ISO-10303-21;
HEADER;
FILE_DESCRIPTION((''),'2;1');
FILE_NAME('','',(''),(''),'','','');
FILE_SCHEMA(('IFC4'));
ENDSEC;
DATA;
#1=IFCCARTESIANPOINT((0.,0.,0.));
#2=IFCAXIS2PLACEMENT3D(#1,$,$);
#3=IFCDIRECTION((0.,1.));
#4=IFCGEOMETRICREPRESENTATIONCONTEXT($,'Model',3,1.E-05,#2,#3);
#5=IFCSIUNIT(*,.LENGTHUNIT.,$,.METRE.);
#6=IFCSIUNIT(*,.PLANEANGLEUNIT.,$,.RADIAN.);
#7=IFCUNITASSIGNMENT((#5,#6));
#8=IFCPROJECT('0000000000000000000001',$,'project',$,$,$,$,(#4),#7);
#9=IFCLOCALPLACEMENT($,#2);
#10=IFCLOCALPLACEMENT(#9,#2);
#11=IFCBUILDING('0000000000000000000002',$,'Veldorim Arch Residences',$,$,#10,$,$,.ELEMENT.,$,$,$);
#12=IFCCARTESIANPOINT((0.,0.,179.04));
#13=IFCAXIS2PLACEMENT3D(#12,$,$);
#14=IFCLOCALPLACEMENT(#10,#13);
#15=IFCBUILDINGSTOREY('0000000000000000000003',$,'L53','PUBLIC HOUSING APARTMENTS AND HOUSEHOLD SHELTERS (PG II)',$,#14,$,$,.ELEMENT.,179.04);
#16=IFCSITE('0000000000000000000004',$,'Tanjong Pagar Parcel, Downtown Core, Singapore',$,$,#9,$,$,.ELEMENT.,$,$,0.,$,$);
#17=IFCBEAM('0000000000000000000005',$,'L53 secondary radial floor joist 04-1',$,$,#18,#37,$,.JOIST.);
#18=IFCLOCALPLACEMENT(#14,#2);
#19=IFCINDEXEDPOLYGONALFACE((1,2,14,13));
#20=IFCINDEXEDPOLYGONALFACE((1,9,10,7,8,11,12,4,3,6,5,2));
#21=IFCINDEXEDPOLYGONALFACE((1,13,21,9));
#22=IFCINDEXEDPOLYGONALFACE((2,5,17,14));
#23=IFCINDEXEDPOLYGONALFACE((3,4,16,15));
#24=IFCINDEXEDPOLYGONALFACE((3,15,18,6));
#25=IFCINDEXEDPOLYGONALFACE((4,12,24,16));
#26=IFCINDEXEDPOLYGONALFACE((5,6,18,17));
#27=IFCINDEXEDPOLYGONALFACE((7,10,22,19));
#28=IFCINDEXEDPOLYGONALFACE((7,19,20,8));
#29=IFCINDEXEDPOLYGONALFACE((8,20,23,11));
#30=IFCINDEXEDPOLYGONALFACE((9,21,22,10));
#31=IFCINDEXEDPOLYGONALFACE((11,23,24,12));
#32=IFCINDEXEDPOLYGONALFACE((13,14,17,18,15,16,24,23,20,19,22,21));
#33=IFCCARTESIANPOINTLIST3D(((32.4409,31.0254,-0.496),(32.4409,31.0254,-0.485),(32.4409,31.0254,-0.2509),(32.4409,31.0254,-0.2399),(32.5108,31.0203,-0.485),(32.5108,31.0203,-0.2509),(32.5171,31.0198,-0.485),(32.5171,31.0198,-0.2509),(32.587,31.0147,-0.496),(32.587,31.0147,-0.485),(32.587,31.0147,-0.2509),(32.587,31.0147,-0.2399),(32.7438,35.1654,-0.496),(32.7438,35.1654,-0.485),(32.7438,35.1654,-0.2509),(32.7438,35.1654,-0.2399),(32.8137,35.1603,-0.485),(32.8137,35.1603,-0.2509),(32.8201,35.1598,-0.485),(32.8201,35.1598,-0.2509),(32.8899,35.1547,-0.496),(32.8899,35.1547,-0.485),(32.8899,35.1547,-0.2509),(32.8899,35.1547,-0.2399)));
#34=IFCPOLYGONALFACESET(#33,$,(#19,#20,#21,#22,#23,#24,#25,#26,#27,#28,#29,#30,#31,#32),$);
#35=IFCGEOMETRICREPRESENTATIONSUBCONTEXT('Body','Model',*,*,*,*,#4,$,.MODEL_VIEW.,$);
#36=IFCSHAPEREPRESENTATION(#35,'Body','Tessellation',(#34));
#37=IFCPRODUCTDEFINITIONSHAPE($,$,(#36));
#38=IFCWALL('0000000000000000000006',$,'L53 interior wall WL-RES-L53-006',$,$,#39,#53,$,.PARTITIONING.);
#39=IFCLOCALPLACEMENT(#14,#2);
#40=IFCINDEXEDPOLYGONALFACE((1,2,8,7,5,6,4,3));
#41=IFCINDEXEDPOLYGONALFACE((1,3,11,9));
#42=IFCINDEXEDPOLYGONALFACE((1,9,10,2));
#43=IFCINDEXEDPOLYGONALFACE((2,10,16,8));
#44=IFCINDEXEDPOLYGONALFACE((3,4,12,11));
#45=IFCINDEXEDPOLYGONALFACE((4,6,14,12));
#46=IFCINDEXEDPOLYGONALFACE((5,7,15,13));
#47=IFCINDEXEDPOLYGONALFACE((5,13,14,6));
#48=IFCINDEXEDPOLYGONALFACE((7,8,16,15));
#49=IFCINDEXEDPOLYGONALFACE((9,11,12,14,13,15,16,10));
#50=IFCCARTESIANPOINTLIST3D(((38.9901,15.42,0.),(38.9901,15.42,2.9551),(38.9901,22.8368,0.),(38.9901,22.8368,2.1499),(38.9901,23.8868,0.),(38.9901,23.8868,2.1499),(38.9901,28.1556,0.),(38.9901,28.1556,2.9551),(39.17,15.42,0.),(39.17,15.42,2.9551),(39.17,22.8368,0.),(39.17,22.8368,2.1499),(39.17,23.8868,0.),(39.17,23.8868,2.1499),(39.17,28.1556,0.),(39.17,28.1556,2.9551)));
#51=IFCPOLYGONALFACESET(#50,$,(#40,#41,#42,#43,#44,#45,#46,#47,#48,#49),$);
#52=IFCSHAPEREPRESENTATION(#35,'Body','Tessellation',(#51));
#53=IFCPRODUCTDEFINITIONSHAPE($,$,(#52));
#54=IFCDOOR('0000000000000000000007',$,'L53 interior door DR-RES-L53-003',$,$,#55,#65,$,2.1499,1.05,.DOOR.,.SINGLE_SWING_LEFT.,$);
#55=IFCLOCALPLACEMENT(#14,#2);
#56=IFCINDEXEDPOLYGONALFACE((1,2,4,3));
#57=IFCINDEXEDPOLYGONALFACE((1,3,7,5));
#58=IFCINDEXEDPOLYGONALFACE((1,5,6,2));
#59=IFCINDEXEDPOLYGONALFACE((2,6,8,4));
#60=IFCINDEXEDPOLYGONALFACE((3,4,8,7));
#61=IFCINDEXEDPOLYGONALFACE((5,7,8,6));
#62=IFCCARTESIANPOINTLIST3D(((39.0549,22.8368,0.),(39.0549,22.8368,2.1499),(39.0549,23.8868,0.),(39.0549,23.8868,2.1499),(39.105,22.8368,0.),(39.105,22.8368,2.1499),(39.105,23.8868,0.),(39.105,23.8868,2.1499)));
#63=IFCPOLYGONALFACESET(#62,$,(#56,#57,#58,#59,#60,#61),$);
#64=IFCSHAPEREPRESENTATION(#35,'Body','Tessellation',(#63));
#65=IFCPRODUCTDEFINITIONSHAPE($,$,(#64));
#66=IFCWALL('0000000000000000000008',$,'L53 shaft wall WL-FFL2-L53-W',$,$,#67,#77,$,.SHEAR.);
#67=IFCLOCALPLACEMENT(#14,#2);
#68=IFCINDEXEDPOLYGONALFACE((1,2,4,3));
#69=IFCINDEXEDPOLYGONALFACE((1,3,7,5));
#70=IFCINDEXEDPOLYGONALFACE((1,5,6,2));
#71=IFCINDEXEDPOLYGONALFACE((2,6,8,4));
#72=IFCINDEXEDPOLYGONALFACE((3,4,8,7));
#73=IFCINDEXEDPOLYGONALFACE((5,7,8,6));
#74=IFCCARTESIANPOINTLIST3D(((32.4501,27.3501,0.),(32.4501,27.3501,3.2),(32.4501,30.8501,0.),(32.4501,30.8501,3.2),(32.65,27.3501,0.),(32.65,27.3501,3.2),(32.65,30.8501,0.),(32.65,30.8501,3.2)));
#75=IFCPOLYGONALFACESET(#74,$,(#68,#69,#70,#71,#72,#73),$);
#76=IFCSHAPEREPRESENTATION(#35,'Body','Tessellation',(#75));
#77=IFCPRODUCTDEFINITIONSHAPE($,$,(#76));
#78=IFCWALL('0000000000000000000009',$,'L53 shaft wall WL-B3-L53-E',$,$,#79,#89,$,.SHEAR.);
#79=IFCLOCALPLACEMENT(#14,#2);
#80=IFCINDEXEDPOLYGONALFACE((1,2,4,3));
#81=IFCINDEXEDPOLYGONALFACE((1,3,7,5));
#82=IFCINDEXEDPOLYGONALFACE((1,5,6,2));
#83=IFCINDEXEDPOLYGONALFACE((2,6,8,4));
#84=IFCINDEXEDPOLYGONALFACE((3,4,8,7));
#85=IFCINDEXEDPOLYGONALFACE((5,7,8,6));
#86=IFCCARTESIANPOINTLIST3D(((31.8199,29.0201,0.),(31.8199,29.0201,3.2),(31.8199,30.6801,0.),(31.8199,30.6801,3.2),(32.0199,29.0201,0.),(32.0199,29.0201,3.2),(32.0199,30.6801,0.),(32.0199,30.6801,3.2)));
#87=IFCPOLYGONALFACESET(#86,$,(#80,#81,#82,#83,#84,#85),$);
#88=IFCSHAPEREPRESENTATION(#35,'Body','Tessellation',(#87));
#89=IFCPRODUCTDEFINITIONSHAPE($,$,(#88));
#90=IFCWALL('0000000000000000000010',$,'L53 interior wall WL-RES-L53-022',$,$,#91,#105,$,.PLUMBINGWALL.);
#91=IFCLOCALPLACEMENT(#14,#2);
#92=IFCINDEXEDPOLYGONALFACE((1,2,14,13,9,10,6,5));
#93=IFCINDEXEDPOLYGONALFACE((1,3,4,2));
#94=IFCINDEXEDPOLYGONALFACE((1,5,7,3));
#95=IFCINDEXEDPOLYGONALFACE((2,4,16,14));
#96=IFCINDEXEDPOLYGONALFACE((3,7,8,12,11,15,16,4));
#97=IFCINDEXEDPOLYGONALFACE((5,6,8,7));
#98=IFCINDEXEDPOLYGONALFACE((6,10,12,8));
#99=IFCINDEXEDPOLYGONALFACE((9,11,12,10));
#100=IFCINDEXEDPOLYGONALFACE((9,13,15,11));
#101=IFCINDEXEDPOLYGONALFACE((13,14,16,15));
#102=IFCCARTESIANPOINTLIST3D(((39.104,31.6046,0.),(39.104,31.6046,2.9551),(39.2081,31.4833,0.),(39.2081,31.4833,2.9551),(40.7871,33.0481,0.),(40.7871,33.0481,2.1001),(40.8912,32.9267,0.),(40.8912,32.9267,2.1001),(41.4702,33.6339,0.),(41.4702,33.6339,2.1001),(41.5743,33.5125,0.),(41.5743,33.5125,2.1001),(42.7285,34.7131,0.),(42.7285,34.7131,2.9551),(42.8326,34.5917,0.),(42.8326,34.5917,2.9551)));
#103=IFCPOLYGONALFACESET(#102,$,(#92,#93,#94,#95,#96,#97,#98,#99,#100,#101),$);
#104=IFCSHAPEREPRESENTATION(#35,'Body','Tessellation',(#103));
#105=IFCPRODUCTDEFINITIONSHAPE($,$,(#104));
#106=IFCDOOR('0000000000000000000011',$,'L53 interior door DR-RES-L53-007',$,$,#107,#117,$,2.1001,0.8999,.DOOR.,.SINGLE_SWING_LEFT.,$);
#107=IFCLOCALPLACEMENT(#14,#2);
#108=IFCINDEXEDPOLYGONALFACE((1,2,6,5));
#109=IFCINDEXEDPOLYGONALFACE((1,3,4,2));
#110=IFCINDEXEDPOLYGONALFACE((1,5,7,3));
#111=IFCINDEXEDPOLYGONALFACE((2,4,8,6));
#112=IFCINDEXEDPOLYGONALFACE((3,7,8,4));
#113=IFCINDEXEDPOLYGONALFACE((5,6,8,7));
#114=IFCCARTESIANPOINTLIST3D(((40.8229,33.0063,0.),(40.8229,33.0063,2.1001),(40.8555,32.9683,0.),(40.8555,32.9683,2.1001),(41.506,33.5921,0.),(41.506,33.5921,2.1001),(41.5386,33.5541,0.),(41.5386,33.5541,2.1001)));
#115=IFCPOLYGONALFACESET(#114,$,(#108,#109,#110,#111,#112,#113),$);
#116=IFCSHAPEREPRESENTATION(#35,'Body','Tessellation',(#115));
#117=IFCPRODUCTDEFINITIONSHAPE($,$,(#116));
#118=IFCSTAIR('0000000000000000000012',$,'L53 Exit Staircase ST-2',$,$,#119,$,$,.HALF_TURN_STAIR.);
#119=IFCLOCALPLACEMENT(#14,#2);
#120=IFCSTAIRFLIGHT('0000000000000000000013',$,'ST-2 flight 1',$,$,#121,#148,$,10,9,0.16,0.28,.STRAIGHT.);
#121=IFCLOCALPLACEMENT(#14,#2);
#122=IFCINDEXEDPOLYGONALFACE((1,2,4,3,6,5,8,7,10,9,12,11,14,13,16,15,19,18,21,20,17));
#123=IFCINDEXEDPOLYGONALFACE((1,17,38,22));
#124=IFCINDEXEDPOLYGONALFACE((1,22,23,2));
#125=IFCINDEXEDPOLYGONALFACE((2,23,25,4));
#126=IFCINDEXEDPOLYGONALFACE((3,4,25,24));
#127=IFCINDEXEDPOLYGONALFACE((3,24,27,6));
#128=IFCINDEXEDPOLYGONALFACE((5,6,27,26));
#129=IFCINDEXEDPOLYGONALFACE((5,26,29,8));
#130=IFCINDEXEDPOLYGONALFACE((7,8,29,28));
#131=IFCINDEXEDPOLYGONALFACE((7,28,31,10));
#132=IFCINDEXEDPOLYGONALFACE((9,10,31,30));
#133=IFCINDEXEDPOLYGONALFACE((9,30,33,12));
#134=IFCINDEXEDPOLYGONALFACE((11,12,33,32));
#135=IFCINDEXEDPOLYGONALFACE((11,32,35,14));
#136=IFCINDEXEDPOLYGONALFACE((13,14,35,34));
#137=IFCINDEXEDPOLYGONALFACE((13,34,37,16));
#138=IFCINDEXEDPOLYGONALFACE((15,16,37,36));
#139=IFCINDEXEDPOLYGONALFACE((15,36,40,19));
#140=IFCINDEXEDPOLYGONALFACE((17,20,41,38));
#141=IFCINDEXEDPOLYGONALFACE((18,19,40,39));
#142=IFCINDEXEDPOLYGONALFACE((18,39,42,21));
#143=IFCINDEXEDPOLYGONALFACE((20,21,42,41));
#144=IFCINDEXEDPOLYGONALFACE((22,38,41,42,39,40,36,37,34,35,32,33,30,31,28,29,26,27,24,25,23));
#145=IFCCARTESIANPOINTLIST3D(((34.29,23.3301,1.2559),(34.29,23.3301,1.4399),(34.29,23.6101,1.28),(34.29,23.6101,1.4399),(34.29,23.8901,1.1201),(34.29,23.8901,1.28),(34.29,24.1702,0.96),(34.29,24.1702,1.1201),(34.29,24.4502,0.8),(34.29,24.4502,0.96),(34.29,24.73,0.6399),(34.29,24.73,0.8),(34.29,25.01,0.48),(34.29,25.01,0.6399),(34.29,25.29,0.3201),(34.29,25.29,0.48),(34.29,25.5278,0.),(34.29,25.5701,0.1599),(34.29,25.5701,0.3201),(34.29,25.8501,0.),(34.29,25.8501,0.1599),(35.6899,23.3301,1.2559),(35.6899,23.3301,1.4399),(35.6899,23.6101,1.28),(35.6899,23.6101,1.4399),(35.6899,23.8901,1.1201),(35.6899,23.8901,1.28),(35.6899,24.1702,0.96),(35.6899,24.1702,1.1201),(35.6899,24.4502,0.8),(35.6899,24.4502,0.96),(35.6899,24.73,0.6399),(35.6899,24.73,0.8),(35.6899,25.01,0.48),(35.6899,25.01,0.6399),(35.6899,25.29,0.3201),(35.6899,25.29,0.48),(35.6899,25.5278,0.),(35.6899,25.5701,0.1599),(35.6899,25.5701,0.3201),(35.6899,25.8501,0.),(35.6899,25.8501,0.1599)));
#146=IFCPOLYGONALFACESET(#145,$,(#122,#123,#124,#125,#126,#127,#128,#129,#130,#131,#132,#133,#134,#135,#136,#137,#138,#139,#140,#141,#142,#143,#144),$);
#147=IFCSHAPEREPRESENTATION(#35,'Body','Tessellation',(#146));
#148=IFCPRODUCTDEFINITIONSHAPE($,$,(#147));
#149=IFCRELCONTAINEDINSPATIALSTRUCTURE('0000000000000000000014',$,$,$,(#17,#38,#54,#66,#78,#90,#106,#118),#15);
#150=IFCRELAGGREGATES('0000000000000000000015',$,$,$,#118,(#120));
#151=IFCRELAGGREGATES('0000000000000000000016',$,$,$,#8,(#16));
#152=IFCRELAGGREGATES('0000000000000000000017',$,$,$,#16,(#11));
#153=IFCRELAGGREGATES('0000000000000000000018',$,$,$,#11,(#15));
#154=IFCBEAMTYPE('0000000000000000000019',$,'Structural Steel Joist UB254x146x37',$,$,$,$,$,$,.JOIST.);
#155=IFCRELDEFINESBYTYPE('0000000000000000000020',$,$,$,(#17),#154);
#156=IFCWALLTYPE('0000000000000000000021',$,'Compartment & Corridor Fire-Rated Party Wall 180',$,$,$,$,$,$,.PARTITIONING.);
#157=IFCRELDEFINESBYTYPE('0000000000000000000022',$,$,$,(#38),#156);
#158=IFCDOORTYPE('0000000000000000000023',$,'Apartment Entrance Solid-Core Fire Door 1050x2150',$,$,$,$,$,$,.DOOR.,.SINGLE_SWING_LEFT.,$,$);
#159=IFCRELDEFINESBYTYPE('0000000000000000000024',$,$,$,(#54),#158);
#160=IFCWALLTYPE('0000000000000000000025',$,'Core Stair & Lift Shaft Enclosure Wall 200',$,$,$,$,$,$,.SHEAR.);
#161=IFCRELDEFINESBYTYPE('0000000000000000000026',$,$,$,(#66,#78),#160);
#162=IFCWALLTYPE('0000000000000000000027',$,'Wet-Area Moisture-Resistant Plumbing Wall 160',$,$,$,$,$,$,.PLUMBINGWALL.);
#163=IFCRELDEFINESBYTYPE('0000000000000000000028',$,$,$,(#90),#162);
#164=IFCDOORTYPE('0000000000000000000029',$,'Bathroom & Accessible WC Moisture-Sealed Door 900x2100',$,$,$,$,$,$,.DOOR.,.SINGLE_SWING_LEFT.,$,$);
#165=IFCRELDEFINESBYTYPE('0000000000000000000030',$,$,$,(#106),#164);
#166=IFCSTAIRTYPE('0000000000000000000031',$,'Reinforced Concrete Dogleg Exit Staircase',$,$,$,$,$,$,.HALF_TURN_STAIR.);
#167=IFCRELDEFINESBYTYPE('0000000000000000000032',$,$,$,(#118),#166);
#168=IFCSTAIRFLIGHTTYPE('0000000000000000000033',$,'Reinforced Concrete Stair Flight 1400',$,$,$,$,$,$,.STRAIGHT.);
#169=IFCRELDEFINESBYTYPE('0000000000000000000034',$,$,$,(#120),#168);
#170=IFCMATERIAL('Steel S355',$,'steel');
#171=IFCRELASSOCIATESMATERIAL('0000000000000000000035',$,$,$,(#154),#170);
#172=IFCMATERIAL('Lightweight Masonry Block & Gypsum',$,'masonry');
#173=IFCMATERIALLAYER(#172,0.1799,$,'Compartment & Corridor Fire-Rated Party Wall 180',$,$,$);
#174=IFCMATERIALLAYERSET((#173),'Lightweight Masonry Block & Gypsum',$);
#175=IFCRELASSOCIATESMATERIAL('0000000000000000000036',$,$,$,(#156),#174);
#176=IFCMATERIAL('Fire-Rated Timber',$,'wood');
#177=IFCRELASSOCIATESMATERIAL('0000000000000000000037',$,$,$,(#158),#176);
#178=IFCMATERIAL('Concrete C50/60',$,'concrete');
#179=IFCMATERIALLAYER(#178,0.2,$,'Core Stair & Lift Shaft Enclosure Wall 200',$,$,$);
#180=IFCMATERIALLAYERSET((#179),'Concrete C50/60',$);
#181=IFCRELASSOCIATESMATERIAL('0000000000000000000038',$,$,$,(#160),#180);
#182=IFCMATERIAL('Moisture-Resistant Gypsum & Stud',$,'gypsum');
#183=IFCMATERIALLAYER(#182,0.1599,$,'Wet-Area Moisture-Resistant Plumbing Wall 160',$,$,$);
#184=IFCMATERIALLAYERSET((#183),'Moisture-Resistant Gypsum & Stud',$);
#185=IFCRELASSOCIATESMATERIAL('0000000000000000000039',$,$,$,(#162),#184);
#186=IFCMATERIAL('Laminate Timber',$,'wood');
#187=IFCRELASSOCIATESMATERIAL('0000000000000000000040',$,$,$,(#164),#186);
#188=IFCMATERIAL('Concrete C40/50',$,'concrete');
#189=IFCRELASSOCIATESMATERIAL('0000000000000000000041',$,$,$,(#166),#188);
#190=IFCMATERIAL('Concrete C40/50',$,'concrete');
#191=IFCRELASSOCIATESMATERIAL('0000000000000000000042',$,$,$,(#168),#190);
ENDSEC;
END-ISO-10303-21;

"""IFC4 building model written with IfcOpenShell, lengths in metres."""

from ifc_helpers import new_model, si_unit, direction, frame, frame_2d, origin, origin_2d, place, context, subcontext, project, spatial, polyline, rectangle, i_section, outline, extrude, material, layer, layer_set, material_profile, profile_set, type_object, element, fill, aggregate, save


model = new_model("IFC4")

# Units and contexts
model_context = context("Model", 3, precision=1e-05, world=origin(), true_north=direction((0.0, 1.0)))
body_context = subcontext(model_context, "Body", "Model", "MODEL_VIEW")
ifc_project = project(units=[si_unit("LENGTHUNIT", "METRE"), si_unit("PLANEANGLEUNIT", "RADIAN")], contexts=[model_context])

# Site, building, storey
site_placement = place(None, origin())
site = spatial("IfcSite", under=ifc_project, at=site_placement, Name="Tanjong Pagar Parcel, Downtown Core, Singapore", CompositionType="ELEMENT", RefElevation=0.0)
building_placement = place(site_placement, origin())
building = spatial("IfcBuilding", under=site, at=building_placement, Name="Veldorim Arch Residences", CompositionType="ELEMENT")
storey_placement = place(building_placement, frame((0.0, 0.0, 179.04)))
storey = spatial("IfcBuildingStorey", under=building, at=storey_placement, Name="L53", Description="PUBLIC HOUSING APARTMENTS AND HOUSEHOLD SHELTERS (PG II)", CompositionType="ELEMENT", Elevation=179.04)

# Beam
ifc_material_1 = material(Name="Steel S355", Category="steel")
ifc_material_profile_1 = material_profile(ifc_material_1, i_section(OverallWidth=0.1465, OverallDepth=0.2561, WebThickness=0.0063, FlangeThickness=0.011, at=origin_2d()), Name="UB254x146x37")
ifc_profile_set_1 = profile_set([ifc_material_profile_1], Name="Steel S355")
beam_type_1 = type_object("IfcBeamType", Name="Structural Steel Joist UB254x146x37", PredefinedType="JOIST", material=ifc_profile_set_1)
beam_1_placement = place(storey_placement, frame((32.5139, 31.02, -0.3679), z_axis=(0.072986, 0.997333, 0.0), x_axis=(-0.997333, 0.072986, 0.0)))
element("IfcBeam", 1, at=beam_1_placement, inside=storey, type_object=beam_type_1, Name="L53 secondary radial floor joist 04-1", PredefinedType="JOIST", context=body_context, shape_type="SweptSolid", body=[
    extrude(i_section(OverallWidth=0.1465, OverallDepth=0.2561, WebThickness=0.0063, FlangeThickness=0.011, at=origin_2d()), origin(), (0.0, 0.0, 1.0), 4.1511),
])

# Wall, opening, door
ifc_material_2 = material(Name="Lightweight Masonry Block & Gypsum", Category="masonry")
ifc_layer_1 = layer(ifc_material_2, 0.1799, Name="Compartment & Corridor Fire-Rated Party Wall 180")
ifc_layer_set_1 = layer_set([ifc_layer_1], Name="Lightweight Masonry Block & Gypsum")
wall_type_1 = type_object("IfcWallType", Name="Compartment & Corridor Fire-Rated Party Wall 180", PredefinedType="PARTITIONING", material=ifc_layer_set_1)
wall_1_placement = place(storey_placement, frame((39.0801, 28.1555, 0.0), z_axis=(0.0, 0.0, 1.0), x_axis=(0.0, -1.0, 0.0)))
wall_1 = element("IfcWall", 2, at=wall_1_placement, inside=storey, type_object=wall_type_1, Name="L53 interior wall WL-RES-L53-006", PredefinedType="PARTITIONING", context=body_context, shape_type="SweptSolid", body=[
    extrude(rectangle(XDim=12.7356, YDim=0.1799, at=frame_2d((6.3677, 0.0))), origin(), (0.0, 0.0, 1.0), 2.9551),
])
opening_1_placement = place(wall_1_placement, frame((4.2688, 0.0, 0.0)))
opening_1 = element("IfcOpeningElement", 3, at=opening_1_placement, cuts=wall_1, PredefinedType="OPENING", context=body_context, shape_type="SweptSolid", body=[
    extrude(rectangle(XDim=1.05, YDim=2.1499, at=frame_2d((0.5249, 1.075))), frame((0.0, 0.0999, 0.0), z_axis=(0.0, -1.0, 0.0), x_axis=(1.0, 0.0, 0.0)), (0.0, 0.0, 1.0), 0.2),
])
ifc_material_3 = material(Name="Fire-Rated Timber", Category="wood")
door_type_1 = type_object("IfcDoorType", Name="Apartment Entrance Solid-Core Fire Door 1050x2150", OperationType="SINGLE_SWING_LEFT", PredefinedType="DOOR", material=ifc_material_3)
door_1_placement = place(opening_1_placement, origin())
door_1 = element("IfcDoor", 4, at=door_1_placement, inside=storey, type_object=door_type_1, Name="L53 interior door DR-RES-L53-003", OperationType="SINGLE_SWING_LEFT", OverallHeight=2.1499, OverallWidth=1.05, PredefinedType="DOOR", context=body_context, shape_type="SweptSolid", body=[
    extrude(rectangle(XDim=1.05, YDim=2.1499, at=frame_2d((0.5249, 1.075))), frame((0.0, 0.0249, 0.0), z_axis=(0.0, -1.0, 0.0), x_axis=(1.0, 0.0, 0.0)), (0.0, 0.0, 1.0), 0.05),
])
fill(opening_1, door_1)
ifc_material_4 = material(Name="Concrete C50/60", Category="concrete")
ifc_layer_2 = layer(ifc_material_4, 0.2, Name="Core Stair & Lift Shaft Enclosure Wall 200")
ifc_layer_set_2 = layer_set([ifc_layer_2], Name="Concrete C50/60")
wall_type_2 = type_object("IfcWallType", Name="Core Stair & Lift Shaft Enclosure Wall 200", PredefinedType="SHEAR", material=ifc_layer_set_2)

# Wall
wall_2_placement = place(storey_placement, frame((32.55, 27.3501, 0.0), z_axis=(0.0, 0.0, 1.0), x_axis=(0.0, 1.0, 0.0)))
element("IfcWall", 5, at=wall_2_placement, inside=storey, type_object=wall_type_2, Name="L53 shaft wall WL-FFL2-L53-W", PredefinedType="SHEAR", context=body_context, shape_type="SweptSolid", body=[
    extrude(rectangle(XDim=3.5, YDim=0.2, at=frame_2d((1.75, 0.0))), origin(), (0.0, 0.0, 1.0), 3.2),
])

# Wall
wall_3_placement = place(storey_placement, frame((31.9199, 29.02, 0.0), z_axis=(0.0, 0.0, 1.0), x_axis=(0.0, 1.0, 0.0)))
element("IfcWall", 6, at=wall_3_placement, inside=storey, type_object=wall_type_2, Name="L53 shaft wall WL-B3-L53-E", PredefinedType="SHEAR", context=body_context, shape_type="SweptSolid", body=[
    extrude(rectangle(XDim=1.6599, YDim=0.2, at=frame_2d((0.8301, 0.0))), origin(), (0.0, 0.0, 1.0), 3.2),
])

# Wall, opening, door
ifc_material_5 = material(Name="Moisture-Resistant Gypsum & Stud", Category="gypsum")
ifc_layer_3 = layer(ifc_material_5, 0.1599, Name="Wet-Area Moisture-Resistant Plumbing Wall 160")
ifc_layer_set_3 = layer_set([ifc_layer_3], Name="Moisture-Resistant Gypsum & Stud")
wall_type_3 = type_object("IfcWallType", Name="Wet-Area Moisture-Resistant Plumbing Wall 160", PredefinedType="PLUMBINGWALL", material=ifc_layer_set_3)
wall_4_placement = place(storey_placement, frame((39.156, 31.5439, 0.0), z_axis=(0.0, 0.0, 1.0), x_axis=(0.759083, 0.650993, 0.0)))
wall_4 = element("IfcWall", 7, at=wall_4_placement, inside=storey, type_object=wall_type_3, Name="L53 interior wall WL-RES-L53-022", PredefinedType="PLUMBINGWALL", context=body_context, shape_type="SweptSolid", body=[
    extrude(rectangle(XDim=4.7749, YDim=0.1599, at=frame_2d((2.3875, 0.0))), origin(), (0.0, 0.0, 1.0), 2.9551),
])
opening_2_placement = place(wall_4_placement, frame((2.2173, 0.0, 0.0)))
opening_2 = element("IfcOpeningElement", 8, at=opening_2_placement, cuts=wall_4, PredefinedType="OPENING", context=body_context, shape_type="SweptSolid", body=[
    extrude(rectangle(XDim=0.8999, YDim=2.1001, at=frame_2d((0.45, 1.05))), frame((0.0, 0.0898, 0.0), z_axis=(0.0, -1.0, 0.0), x_axis=(1.0, 0.0, 0.0)), (0.0, 0.0, 1.0), 0.1799),
])
ifc_material_6 = material(Name="Laminate Timber", Category="wood")
door_type_2 = type_object("IfcDoorType", Name="Bathroom & Accessible WC Moisture-Sealed Door 900x2100", OperationType="SINGLE_SWING_LEFT", PredefinedType="DOOR", material=ifc_material_6)
door_2_placement = place(opening_2_placement, origin())
door_2 = element("IfcDoor", 9, at=door_2_placement, inside=storey, type_object=door_type_2, Name="L53 interior door DR-RES-L53-007", OperationType="SINGLE_SWING_LEFT", OverallHeight=2.1001, OverallWidth=0.8999, PredefinedType="DOOR", context=body_context, shape_type="SweptSolid", body=[
    extrude(rectangle(XDim=0.8999, YDim=2.1001, at=frame_2d((0.45, 1.05))), frame((0.0, 0.0249, 0.0), z_axis=(0.0, -1.0, 0.0), x_axis=(1.0, 0.0, 0.0)), (0.0, 0.0, 1.0), 0.05),
])
fill(opening_2, door_2)

# Stair, stair flight
ifc_material_7 = material(Name="Concrete C40/50", Category="concrete")
stair_type = type_object("IfcStairType", Name="Reinforced Concrete Dogleg Exit Staircase", PredefinedType="HALF_TURN_STAIR", material=ifc_material_7)
stair_placement = place(storey_placement, origin())
stair = element("IfcStair", 10, at=stair_placement, inside=storey, type_object=stair_type, Name="L53 Exit Staircase ST-2", PredefinedType="HALF_TURN_STAIR")
ifc_material_8 = material(Name="Concrete C40/50", Category="concrete")
stair_flight_type = type_object("IfcStairFlightType", Name="Reinforced Concrete Stair Flight 1400", PredefinedType="STRAIGHT", material=ifc_material_8)
stair_flight_placement = place(storey_placement, frame((34.99, 25.8501, 0.0), z_axis=(0.0, 0.0, 1.0), x_axis=(0.0, -1.0, 0.0)))
stair_flight = element("IfcStairFlight", 11, at=stair_flight_placement, type_object=stair_flight_type, Name="ST-2 flight 1", NumberOfRisers=10, NumberOfTreads=9, PredefinedType="STRAIGHT", RiserHeight=0.16, TreadLength=0.28, context=body_context, shape_type="SweptSolid", body=[
    extrude(outline(polyline([(0.0, 0.0), (0.0, 0.1599), (0.28, 0.1599), (0.28, 0.3201), (0.5601, 0.3201), (0.5601, 0.48), (0.8401, 0.48), (0.8401, 0.6399), (1.1201, 0.6399), (1.1201, 0.8), (1.3999, 0.8), (1.3999, 0.96), (1.6799, 0.96), (1.6799, 1.1201), (1.96, 1.1201), (1.96, 1.28), (2.24, 1.28), (2.24, 1.4399), (2.52, 1.4399), (2.52, 1.6001), (2.52, 1.2559), (0.3223, 0.0), (0.0, 0.0)])), frame((0.0, 0.7, 0.0), z_axis=(0.0, -1.0, 0.0), x_axis=(1.0, 0.0, 0.0)), (0.0, 0.0, 1.0), 1.3999),
])
aggregate(stair, [stair_flight])

save(model, "model.ifc")
